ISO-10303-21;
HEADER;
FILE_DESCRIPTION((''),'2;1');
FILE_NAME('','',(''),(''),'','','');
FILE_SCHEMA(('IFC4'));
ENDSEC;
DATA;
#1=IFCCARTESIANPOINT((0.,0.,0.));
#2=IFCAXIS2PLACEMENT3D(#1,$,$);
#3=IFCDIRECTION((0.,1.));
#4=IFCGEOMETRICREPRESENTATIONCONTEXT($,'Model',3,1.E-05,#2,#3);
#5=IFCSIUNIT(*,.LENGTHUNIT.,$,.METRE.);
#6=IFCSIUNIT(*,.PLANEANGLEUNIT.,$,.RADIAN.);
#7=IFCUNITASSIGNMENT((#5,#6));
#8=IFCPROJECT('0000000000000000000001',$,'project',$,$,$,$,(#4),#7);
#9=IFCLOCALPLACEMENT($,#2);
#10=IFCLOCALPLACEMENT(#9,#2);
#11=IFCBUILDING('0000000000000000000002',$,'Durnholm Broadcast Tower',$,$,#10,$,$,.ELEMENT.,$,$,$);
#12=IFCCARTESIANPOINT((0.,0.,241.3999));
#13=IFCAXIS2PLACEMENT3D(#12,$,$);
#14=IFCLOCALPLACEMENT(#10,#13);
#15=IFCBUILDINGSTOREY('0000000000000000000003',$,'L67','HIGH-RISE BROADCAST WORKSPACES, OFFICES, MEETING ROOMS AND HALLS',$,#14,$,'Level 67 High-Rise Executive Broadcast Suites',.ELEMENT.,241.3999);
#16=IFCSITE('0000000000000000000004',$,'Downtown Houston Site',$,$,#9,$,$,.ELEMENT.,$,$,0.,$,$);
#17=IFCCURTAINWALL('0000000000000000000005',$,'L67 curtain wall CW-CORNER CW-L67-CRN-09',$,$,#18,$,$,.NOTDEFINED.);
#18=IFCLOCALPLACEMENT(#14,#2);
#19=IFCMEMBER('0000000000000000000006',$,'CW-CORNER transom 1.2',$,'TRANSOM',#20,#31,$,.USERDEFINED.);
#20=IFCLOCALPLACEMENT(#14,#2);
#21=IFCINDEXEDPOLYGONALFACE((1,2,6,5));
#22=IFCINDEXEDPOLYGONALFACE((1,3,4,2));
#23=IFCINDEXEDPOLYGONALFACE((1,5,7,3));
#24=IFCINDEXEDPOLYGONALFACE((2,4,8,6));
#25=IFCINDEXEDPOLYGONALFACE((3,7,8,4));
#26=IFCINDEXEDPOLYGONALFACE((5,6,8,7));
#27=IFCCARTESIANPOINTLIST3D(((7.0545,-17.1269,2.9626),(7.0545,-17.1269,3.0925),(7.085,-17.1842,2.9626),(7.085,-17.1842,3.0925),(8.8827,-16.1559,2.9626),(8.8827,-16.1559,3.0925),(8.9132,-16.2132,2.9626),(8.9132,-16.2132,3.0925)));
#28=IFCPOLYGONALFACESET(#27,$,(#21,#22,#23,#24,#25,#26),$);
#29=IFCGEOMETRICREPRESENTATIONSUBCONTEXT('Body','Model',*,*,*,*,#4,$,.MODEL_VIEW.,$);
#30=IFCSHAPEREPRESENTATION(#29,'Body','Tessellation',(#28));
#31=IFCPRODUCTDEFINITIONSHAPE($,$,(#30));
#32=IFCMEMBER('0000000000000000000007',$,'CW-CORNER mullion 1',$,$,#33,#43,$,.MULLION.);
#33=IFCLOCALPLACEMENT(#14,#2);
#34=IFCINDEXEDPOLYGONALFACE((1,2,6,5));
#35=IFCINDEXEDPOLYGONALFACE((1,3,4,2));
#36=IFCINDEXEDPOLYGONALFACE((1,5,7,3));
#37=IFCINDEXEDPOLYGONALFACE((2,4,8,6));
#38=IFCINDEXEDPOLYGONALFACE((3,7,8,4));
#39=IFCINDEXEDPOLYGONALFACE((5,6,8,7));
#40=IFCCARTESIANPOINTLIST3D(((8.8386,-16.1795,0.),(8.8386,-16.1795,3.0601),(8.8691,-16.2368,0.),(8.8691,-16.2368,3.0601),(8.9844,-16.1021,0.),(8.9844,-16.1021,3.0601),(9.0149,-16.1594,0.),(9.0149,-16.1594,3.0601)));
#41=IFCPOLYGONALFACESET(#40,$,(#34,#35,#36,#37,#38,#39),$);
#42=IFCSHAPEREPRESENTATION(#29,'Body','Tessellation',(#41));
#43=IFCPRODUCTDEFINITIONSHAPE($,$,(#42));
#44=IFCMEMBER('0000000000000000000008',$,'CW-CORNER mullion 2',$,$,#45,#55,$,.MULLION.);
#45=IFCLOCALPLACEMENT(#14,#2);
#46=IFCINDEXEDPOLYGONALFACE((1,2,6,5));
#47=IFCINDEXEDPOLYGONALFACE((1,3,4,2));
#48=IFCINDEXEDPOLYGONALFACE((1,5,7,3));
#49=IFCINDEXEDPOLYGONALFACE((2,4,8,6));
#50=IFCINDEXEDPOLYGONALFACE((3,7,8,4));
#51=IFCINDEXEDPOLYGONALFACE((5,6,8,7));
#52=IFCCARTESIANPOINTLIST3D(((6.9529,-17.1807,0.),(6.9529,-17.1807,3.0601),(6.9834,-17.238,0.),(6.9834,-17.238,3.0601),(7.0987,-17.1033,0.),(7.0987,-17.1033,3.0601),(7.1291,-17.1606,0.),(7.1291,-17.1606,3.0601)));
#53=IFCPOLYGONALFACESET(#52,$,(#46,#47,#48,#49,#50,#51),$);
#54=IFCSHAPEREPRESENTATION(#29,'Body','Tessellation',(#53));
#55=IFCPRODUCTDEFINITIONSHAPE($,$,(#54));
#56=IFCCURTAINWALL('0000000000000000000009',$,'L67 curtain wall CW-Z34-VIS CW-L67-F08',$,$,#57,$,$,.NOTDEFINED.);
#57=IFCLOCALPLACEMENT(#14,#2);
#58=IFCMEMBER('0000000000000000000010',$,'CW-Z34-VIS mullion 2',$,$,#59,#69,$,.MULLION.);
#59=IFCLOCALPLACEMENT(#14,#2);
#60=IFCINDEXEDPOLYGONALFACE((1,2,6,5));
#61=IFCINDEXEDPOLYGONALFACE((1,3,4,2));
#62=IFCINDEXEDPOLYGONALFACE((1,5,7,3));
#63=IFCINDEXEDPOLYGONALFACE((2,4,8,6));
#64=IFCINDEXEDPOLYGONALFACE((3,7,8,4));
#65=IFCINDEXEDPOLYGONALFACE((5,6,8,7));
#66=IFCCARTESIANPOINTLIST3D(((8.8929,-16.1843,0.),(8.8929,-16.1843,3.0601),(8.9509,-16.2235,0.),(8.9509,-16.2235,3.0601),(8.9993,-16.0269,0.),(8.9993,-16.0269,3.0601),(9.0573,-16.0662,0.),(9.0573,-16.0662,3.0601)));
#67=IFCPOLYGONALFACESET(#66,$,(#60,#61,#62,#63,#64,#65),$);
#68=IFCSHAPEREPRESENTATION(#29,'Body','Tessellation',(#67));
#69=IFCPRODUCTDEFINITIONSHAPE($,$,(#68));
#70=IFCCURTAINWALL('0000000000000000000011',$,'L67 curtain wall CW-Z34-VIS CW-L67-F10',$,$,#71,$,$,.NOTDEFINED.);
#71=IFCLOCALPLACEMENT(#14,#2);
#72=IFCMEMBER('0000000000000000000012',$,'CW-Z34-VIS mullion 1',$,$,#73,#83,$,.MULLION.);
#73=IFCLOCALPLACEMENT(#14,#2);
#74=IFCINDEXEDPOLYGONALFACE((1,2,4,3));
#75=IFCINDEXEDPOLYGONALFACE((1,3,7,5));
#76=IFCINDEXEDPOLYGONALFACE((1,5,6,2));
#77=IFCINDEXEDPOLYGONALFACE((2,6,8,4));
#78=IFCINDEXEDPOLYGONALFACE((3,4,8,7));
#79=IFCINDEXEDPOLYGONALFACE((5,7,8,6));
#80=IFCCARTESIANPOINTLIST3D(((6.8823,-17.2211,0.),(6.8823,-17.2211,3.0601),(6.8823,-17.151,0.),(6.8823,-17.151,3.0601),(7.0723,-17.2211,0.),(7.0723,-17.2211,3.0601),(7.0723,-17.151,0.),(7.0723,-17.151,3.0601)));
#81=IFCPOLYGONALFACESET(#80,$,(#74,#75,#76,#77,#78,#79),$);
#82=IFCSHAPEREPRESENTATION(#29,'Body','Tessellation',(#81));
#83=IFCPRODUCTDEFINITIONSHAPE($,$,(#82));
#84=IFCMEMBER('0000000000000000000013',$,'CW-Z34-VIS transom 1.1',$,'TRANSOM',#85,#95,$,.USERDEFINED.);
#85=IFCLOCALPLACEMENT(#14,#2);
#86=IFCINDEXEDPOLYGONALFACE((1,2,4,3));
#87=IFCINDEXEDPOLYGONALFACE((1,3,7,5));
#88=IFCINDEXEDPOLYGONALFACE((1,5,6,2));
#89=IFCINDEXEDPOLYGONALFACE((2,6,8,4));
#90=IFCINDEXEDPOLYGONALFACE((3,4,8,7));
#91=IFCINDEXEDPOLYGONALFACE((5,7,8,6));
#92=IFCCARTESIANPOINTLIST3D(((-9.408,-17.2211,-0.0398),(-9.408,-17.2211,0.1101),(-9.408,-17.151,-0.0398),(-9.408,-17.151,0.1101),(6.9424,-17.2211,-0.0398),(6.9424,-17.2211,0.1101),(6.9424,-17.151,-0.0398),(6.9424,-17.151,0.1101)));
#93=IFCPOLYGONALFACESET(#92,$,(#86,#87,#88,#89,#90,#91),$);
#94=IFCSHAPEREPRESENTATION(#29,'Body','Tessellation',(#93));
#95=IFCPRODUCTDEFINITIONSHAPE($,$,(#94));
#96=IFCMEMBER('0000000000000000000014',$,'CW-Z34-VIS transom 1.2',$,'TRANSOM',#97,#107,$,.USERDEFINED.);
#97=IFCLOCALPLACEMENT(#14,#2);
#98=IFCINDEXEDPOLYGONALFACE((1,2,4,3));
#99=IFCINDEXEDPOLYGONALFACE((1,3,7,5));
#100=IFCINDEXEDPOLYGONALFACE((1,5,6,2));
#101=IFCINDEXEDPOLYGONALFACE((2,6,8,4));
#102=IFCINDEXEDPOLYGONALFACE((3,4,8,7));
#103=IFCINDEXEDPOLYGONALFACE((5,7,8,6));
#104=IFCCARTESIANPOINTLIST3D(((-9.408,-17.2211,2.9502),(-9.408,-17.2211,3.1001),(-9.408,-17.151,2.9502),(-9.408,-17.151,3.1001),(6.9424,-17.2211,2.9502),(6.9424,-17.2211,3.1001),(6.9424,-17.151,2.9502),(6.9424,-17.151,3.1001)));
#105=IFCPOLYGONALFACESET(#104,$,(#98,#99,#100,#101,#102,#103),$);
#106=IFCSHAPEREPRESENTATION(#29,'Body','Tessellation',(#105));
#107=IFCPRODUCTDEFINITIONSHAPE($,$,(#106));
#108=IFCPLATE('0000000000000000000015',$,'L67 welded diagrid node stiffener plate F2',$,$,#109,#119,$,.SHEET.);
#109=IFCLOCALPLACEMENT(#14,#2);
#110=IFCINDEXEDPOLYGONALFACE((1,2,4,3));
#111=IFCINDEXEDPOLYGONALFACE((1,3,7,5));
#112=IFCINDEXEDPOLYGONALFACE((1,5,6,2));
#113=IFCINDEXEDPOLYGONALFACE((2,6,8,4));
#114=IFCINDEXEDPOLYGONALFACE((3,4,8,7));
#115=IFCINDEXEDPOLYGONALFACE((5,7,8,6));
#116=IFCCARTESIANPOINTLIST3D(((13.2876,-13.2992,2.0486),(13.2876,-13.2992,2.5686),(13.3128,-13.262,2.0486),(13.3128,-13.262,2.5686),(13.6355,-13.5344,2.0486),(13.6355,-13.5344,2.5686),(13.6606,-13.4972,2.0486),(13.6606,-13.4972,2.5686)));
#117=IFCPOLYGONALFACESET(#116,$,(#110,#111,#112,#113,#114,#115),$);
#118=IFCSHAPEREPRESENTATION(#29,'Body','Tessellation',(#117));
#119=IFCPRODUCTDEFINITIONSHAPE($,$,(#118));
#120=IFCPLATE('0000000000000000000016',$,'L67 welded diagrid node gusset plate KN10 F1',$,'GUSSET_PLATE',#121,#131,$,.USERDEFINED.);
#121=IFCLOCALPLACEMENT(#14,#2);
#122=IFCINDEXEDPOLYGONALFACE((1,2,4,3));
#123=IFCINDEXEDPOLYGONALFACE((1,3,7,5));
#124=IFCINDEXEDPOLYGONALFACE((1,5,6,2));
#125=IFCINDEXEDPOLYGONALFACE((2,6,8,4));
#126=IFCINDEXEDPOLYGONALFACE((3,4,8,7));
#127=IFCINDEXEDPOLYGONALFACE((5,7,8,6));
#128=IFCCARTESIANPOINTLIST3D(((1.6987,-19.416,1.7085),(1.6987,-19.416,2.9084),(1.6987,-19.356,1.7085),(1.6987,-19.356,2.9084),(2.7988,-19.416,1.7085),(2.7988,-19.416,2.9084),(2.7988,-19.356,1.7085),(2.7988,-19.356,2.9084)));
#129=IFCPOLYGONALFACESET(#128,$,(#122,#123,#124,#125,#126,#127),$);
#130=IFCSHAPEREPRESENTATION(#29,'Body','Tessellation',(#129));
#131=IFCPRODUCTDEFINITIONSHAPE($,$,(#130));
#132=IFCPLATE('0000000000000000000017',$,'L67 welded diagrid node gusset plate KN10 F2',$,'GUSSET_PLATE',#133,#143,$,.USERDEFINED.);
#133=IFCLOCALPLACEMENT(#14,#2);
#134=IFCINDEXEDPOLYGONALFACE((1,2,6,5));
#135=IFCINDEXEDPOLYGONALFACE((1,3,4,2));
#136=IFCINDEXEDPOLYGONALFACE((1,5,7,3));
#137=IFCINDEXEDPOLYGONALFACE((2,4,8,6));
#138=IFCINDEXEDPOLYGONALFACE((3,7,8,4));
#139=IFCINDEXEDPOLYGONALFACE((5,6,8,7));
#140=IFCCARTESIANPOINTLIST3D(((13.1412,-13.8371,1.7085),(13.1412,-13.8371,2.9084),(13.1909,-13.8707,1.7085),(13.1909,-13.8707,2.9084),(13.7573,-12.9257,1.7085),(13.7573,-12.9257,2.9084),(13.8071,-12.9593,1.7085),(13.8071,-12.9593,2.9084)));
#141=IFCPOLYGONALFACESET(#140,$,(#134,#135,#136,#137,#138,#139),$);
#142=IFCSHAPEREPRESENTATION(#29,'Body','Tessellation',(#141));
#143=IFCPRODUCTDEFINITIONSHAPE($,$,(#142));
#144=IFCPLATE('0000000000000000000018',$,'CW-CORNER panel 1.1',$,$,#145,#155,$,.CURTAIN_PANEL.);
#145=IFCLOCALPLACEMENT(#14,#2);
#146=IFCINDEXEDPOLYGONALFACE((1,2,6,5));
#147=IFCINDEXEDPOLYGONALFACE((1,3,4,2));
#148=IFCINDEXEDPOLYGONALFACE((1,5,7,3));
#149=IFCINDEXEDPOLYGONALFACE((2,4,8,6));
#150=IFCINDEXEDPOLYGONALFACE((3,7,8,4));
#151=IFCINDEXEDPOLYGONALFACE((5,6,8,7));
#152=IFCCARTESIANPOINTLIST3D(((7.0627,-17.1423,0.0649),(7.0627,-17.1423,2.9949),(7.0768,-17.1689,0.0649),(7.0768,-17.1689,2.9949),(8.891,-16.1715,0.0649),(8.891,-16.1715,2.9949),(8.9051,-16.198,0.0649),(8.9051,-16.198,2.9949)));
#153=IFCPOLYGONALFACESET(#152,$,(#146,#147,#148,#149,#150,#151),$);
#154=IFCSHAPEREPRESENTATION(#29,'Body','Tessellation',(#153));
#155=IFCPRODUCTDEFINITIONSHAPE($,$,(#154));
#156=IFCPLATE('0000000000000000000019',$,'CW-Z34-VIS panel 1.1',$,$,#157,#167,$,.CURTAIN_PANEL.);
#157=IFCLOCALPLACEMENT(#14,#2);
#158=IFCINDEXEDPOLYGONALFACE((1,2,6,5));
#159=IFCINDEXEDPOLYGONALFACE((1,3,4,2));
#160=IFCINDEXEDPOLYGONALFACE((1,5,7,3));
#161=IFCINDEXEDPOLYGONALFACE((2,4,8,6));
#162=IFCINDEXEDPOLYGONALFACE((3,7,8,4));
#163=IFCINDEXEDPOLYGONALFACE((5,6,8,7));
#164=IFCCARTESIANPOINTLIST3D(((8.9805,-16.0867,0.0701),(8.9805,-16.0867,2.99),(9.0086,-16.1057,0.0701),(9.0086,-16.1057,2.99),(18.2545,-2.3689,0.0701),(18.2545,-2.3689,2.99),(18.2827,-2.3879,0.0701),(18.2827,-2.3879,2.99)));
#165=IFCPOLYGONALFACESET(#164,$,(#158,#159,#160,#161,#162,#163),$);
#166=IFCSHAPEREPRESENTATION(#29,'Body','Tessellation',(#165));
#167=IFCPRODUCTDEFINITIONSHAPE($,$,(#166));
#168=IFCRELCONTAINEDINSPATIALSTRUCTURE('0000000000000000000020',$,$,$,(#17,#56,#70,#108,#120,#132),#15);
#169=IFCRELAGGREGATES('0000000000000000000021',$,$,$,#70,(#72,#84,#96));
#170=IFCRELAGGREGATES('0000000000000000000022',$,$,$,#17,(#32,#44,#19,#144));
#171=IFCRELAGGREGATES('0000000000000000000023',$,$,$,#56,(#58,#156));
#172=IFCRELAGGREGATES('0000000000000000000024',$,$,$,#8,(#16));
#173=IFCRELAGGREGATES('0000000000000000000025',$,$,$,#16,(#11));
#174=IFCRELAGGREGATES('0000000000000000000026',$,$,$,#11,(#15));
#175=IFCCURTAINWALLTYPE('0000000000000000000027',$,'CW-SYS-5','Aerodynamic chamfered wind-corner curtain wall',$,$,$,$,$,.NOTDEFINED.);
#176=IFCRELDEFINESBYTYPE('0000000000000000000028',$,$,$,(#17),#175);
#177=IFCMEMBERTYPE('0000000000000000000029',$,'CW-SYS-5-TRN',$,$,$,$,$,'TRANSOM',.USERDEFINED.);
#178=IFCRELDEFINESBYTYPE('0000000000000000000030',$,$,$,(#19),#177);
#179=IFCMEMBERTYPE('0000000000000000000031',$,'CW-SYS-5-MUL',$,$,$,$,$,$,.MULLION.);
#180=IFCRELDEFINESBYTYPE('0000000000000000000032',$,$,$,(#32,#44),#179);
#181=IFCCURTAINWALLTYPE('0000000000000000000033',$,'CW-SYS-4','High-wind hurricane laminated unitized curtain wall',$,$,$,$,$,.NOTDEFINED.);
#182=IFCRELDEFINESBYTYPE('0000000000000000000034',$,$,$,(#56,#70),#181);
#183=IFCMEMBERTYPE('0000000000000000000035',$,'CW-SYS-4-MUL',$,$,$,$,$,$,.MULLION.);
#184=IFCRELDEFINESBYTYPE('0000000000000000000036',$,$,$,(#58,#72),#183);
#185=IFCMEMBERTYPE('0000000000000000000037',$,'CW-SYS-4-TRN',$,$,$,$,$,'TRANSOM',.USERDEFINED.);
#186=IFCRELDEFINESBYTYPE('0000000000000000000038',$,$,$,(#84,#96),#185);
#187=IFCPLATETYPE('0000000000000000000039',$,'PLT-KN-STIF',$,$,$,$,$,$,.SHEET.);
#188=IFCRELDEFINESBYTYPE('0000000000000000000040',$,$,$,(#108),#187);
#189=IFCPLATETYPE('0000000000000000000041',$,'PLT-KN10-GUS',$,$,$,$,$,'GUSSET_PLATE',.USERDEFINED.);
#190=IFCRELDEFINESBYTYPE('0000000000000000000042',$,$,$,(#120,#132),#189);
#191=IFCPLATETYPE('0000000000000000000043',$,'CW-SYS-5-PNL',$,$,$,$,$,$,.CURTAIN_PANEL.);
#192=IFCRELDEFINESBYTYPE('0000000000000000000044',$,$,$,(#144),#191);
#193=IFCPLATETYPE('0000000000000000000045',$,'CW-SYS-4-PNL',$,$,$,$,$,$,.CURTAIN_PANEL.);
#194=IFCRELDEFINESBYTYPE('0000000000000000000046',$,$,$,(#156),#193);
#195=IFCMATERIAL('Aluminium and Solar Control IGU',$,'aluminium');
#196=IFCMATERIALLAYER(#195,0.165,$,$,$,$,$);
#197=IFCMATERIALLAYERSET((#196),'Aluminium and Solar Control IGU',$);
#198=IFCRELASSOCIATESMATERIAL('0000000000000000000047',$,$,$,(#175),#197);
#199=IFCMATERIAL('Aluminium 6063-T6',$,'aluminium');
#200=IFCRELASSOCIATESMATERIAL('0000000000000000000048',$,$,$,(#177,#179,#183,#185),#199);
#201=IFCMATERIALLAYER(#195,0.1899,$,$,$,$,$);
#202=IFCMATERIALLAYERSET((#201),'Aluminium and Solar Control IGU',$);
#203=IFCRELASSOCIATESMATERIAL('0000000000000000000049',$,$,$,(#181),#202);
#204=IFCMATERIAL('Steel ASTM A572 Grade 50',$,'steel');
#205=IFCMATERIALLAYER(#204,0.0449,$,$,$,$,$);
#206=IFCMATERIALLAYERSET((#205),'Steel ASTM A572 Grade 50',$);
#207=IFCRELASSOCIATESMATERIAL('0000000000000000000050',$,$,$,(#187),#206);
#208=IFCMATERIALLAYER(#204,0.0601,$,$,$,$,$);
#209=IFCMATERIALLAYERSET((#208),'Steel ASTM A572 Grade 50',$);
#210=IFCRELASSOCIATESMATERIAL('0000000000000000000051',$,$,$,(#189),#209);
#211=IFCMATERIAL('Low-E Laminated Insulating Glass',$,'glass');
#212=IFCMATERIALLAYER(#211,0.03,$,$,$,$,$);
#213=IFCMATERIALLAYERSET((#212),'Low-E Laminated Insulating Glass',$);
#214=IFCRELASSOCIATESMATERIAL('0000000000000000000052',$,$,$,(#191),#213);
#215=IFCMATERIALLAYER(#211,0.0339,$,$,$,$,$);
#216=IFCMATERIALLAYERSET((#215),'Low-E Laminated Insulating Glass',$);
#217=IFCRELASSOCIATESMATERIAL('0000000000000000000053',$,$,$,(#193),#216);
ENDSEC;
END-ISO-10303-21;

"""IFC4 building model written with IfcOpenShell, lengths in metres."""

from ifc_helpers import new_model, si_unit, direction, frame, origin, origin_2d, place, context, subcontext, project, spatial, rectangle, extrude, source, transform, mapped, material, layer, layer_set, material_profile, profile_set, type_object, type_shapes, element, aggregate, save


model = new_model("IFC4")

# Units and contexts
model_context = context("Model", 3, precision=1e-05, world=origin(), true_north=direction((0.0, 1.0)))
body_context = subcontext(model_context, "Body", "Model", "MODEL_VIEW")
ifc_project = project(units=[si_unit("LENGTHUNIT", "METRE"), si_unit("PLANEANGLEUNIT", "RADIAN")], contexts=[model_context])

# Site, building, storey
site_placement = place(None, origin())
site = spatial("IfcSite", under=ifc_project, at=site_placement, Name="Downtown Houston Site", CompositionType="ELEMENT", RefElevation=0.0)
building_placement = place(site_placement, origin())
building = spatial("IfcBuilding", under=site, at=building_placement, Name="Durnholm Broadcast Tower", CompositionType="ELEMENT")
storey_placement = place(building_placement, frame((0.0, 0.0, 241.3999)))
storey = spatial("IfcBuildingStorey", under=building, at=storey_placement, Name="L67", Description="HIGH-RISE BROADCAST WORKSPACES, OFFICES, MEETING ROOMS AND HALLS", LongName="Level 67 High-Rise Executive Broadcast Suites", CompositionType="ELEMENT", Elevation=241.3999)

# Curtain wall, members
ifc_material_1 = material(Name="Aluminium and Solar Control IGU", Category="aluminium")
ifc_layer_1 = layer(ifc_material_1, 0.165)
ifc_layer_set_1 = layer_set([ifc_layer_1], Name="Aluminium and Solar Control IGU")
curtain_wall_type_1 = type_object("IfcCurtainWallType", Name="CW-SYS-5", Description="Aerodynamic chamfered wind-corner curtain wall", PredefinedType="NOTDEFINED", material=ifc_layer_set_1)
curtain_wall_1_placement = place(storey_placement, origin())
curtain_wall_1 = element("IfcCurtainWall", 1, at=curtain_wall_1_placement, inside=storey, type_object=curtain_wall_type_1, Name="L67 curtain wall CW-CORNER CW-L67-CRN-09", PredefinedType="NOTDEFINED")
ifc_material_2 = material(Name="Aluminium 6063-T6", Category="aluminium")
ifc_material_profile_1 = material_profile(ifc_material_2, rectangle(XDim=0.0649, YDim=0.1299, at=origin_2d()), Name="CWT65X130")
ifc_profile_set_1 = profile_set([ifc_material_profile_1], Name="Aluminium 6063-T6")
member_type_1 = type_object("IfcMemberType", Name="CW-SYS-5-TRN", ElementType="TRANSOM", PredefinedType="USERDEFINED", material=ifc_profile_set_1)
shared_shape_1 = source(origin(), body_context, "Body", "SweptSolid", [
    extrude(rectangle(XDim=0.0649, YDim=0.1299, at=origin_2d()), origin(), (0.0, 0.0, 1.0), 2.0701),
])
type_shapes(member_type_1, [shared_shape_1])
member_1_placement = place(storey_placement, frame((8.8979, -16.1846, 3.0276), z_axis=(-0.883165, -0.469063, 0.0), x_axis=(0.469063, -0.883165, 0.0)))
member_1 = element("IfcMember", 2, at=member_1_placement, type_object=member_type_1, Name="CW-CORNER transom 1.2", ObjectType="TRANSOM", PredefinedType="USERDEFINED", context=body_context, shape_type="MappedRepresentation", body=[
    mapped(shared_shape_1, transform((0.0, 0.0, 0.0), x_axis=(1.0, 0.0, 0.0), y_axis=(0.0, 1.0, 0.0), z_axis=(0.0, 0.0, 1.0), scale=1.0)),
])
ifc_material_profile_2 = material_profile(ifc_material_2, rectangle(XDim=0.0649, YDim=0.165, at=origin_2d()), Name="CWM65X165")
ifc_profile_set_2 = profile_set([ifc_material_profile_2], Name="Aluminium 6063-T6")
member_type_2 = type_object("IfcMemberType", Name="CW-SYS-5-MUL", PredefinedType="MULLION", material=ifc_profile_set_2)
shared_shape_2 = source(origin(), body_context, "Body", "SweptSolid", [
    extrude(rectangle(XDim=0.0649, YDim=0.165, at=origin_2d()), origin(), (0.0, 0.0, 1.0), 3.0601),
])
type_shapes(member_type_2, [shared_shape_2])
member_2_placement = place(storey_placement, frame((8.9268, -16.1694, 0.0), z_axis=(0.0, 0.0, 1.0), x_axis=(0.469007, -0.883195, 0.0)))
member_2 = element("IfcMember", 3, at=member_2_placement, type_object=member_type_2, Name="CW-CORNER mullion 1", PredefinedType="MULLION", context=body_context, shape_type="MappedRepresentation", body=[
    mapped(shared_shape_2, transform((0.0, 0.0, 0.0), x_axis=(1.0, 0.0, 0.0), y_axis=(0.0, 1.0, 0.0), z_axis=(0.0, 0.0, 1.0), scale=1.0)),
])
member_3_placement = place(storey_placement, frame((7.041, -17.1707, 0.0), z_axis=(0.0, 0.0, 1.0), x_axis=(0.469007, -0.883195, 0.0)))
member_3 = element("IfcMember", 4, at=member_3_placement, type_object=member_type_2, Name="CW-CORNER mullion 2", PredefinedType="MULLION", context=body_context, shape_type="MappedRepresentation", body=[
    mapped(shared_shape_2, transform((0.0, 0.0, 0.0), x_axis=(1.0, 0.0, 0.0), y_axis=(0.0, 1.0, 0.0), z_axis=(0.0, 0.0, 1.0), scale=1.0)),
])

# Curtain wall, member
ifc_layer_2 = layer(ifc_material_1, 0.1899)
ifc_layer_set_2 = layer_set([ifc_layer_2], Name="Aluminium and Solar Control IGU")
curtain_wall_type_2 = type_object("IfcCurtainWallType", Name="CW-SYS-4", Description="High-wind hurricane laminated unitized curtain wall", PredefinedType="NOTDEFINED", material=ifc_layer_set_2)
curtain_wall_2_placement = place(storey_placement, origin())
curtain_wall_2 = element("IfcCurtainWall", 5, at=curtain_wall_2_placement, inside=storey, type_object=curtain_wall_type_2, Name="L67 curtain wall CW-Z34-VIS CW-L67-F08", PredefinedType="NOTDEFINED")
ifc_material_profile_3 = material_profile(ifc_material_2, rectangle(XDim=0.0701, YDim=0.1899, at=origin_2d()), Name="CWM70X190")
ifc_profile_set_3 = profile_set([ifc_material_profile_3], Name="Aluminium 6063-T6")
member_type_3 = type_object("IfcMemberType", Name="CW-SYS-4-MUL", PredefinedType="MULLION", material=ifc_profile_set_3)
shared_shape_3 = source(origin(), body_context, "Body", "SweptSolid", [
    extrude(rectangle(XDim=0.0701, YDim=0.1899, at=origin_2d()), origin(), (0.0, 0.0, 1.0), 3.0601),
])
type_shapes(member_type_3, [shared_shape_3])
member_4_placement = place(storey_placement, frame((8.9751, -16.1252, 0.0), z_axis=(0.0, 0.0, 1.0), x_axis=(0.828443, -0.560073, 0.0)))
member_4 = element("IfcMember", 6, at=member_4_placement, type_object=member_type_3, Name="CW-Z34-VIS mullion 2", PredefinedType="MULLION", context=body_context, shape_type="MappedRepresentation", body=[
    mapped(shared_shape_3, transform((0.0, 0.0, 0.0), x_axis=(1.0, 0.0, 0.0), y_axis=(0.0, 1.0, 0.0), z_axis=(0.0, 0.0, 1.0), scale=1.0)),
])

# Curtain wall, members
curtain_wall_3_placement = place(storey_placement, origin())
curtain_wall_3 = element("IfcCurtainWall", 7, at=curtain_wall_3_placement, inside=storey, type_object=curtain_wall_type_2, Name="L67 curtain wall CW-Z34-VIS CW-L67-F10", PredefinedType="NOTDEFINED")
member_5_placement = place(storey_placement, frame((6.9773, -17.186, 0.0), z_axis=(0.0, 0.0, 1.0), x_axis=(0.0, -1.0, 0.0)))
member_5 = element("IfcMember", 8, at=member_5_placement, type_object=member_type_3, Name="CW-Z34-VIS mullion 1", PredefinedType="MULLION", context=body_context, shape_type="MappedRepresentation", body=[
    mapped(shared_shape_3, transform((0.0, 0.0, 0.0), x_axis=(1.0, 0.0, 0.0), y_axis=(0.0, 1.0, 0.0), z_axis=(0.0, 0.0, 1.0), scale=1.0)),
])
ifc_material_profile_4 = material_profile(ifc_material_2, rectangle(XDim=0.0701, YDim=0.1499, at=origin_2d()), Name="CWT70X150")
ifc_profile_set_4 = profile_set([ifc_material_profile_4], Name="Aluminium 6063-T6")
member_type_4 = type_object("IfcMemberType", Name="CW-SYS-4-TRN", ElementType="TRANSOM", PredefinedType="USERDEFINED", material=ifc_profile_set_4)
shared_shape_4 = source(origin(), body_context, "Body", "SweptSolid", [
    extrude(rectangle(XDim=0.0701, YDim=0.1499, at=origin_2d()), origin(), (0.0, 0.0, 1.0), 16.3503),
])
type_shapes(member_type_4, [shared_shape_4])
member_6_placement = place(storey_placement, frame((6.9424, -17.186, 0.0352), z_axis=(-1.0, 0.0, 0.0), x_axis=(0.0, -1.0, 0.0)))
member_6 = element("IfcMember", 9, at=member_6_placement, type_object=member_type_4, Name="CW-Z34-VIS transom 1.1", ObjectType="TRANSOM", PredefinedType="USERDEFINED", context=body_context, shape_type="MappedRepresentation", body=[
    mapped(shared_shape_4, transform((0.0, 0.0, 0.0), x_axis=(1.0, 0.0, 0.0), y_axis=(0.0, 1.0, 0.0), z_axis=(0.0, 0.0, 1.0), scale=1.0)),
])
member_7_placement = place(storey_placement, frame((6.9424, -17.186, 3.0251), z_axis=(-1.0, 0.0, 0.0), x_axis=(0.0, -1.0, 0.0)))
member_7 = element("IfcMember", 10, at=member_7_placement, type_object=member_type_4, Name="CW-Z34-VIS transom 1.2", ObjectType="TRANSOM", PredefinedType="USERDEFINED", context=body_context, shape_type="MappedRepresentation", body=[
    mapped(shared_shape_4, transform((0.0, 0.0, 0.0), x_axis=(1.0, 0.0, 0.0), y_axis=(0.0, 1.0, 0.0), z_axis=(0.0, 0.0, 1.0), scale=1.0)),
])
aggregate(curtain_wall_3, [member_5, member_6, member_7])

# Plates
ifc_material_3 = material(Name="Steel ASTM A572 Grade 50", Category="steel")
ifc_layer_3 = layer(ifc_material_3, 0.0449)
ifc_layer_set_3 = layer_set([ifc_layer_3], Name="Steel ASTM A572 Grade 50")
plate_type_1 = type_object("IfcPlateType", Name="PLT-KN-STIF", PredefinedType="SHEET", material=ifc_layer_set_3)
shared_shape_5 = source(origin(), body_context, "Body", "SweptSolid", [
    extrude(rectangle(XDim=0.0449, YDim=0.4199, at=origin_2d()), origin(), (0.0, 0.0, 1.0), 0.52),
])
type_shapes(plate_type_1, [shared_shape_5])
plate_1_placement = place(storey_placement, frame((13.4741, -13.3982, 2.0486), z_axis=(0.0, 0.0, 1.0), x_axis=(0.560061, 0.828452, 0.0)))
element("IfcPlate", 11, at=plate_1_placement, inside=storey, type_object=plate_type_1, Name="L67 welded diagrid node stiffener plate F2", PredefinedType="SHEET", context=body_context, shape_type="MappedRepresentation", body=[
    mapped(shared_shape_5, transform((0.0, 0.0, 0.0), x_axis=(1.0, 0.0, 0.0), y_axis=(0.0, 1.0, 0.0), z_axis=(0.0, 0.0, 1.0), scale=1.0)),
])
ifc_layer_4 = layer(ifc_material_3, 0.0601)
ifc_layer_set_4 = layer_set([ifc_layer_4], Name="Steel ASTM A572 Grade 50")
plate_type_2 = type_object("IfcPlateType", Name="PLT-KN10-GUS", ElementType="GUSSET_PLATE", PredefinedType="USERDEFINED", material=ifc_layer_set_4)
shared_shape_6 = source(origin(), body_context, "Body", "SweptSolid", [
    extrude(rectangle(XDim=1.1001, YDim=0.0601, at=origin_2d()), origin(), (0.0, 0.0, 1.0), 1.2),
])
type_shapes(plate_type_2, [shared_shape_6])
for number, where, z_axis, x_axis, name in (
    (12, (2.2488, -19.386, 1.7085), (0.0, 0.0, 1.0), (1.0, 0.0, 0.0), "L67 welded diagrid node gusset plate KN10 F1"),
    (13, (13.4741, -13.3982, 1.7085), (0.0, 0.0, 1.0), (0.560061, 0.828452, 0.0), "L67 welded diagrid node gusset plate KN10 F2"),
):
    element("IfcPlate", number, at=place(storey_placement, frame(where, z_axis=z_axis, x_axis=x_axis)), inside=storey, type_object=plate_type_2, Name=name, ObjectType="GUSSET_PLATE", PredefinedType="USERDEFINED", context=body_context, shape_type="MappedRepresentation", body=[
        mapped(shared_shape_6, transform((0.0, 0.0, 0.0), x_axis=(1.0, 0.0, 0.0), y_axis=(0.0, 1.0, 0.0), z_axis=(0.0, 0.0, 1.0), scale=1.0)),
    ])

# Plates
ifc_material_4 = material(Name="Low-E Laminated Insulating Glass", Category="glass")
ifc_layer_5 = layer(ifc_material_4, 0.03)
ifc_layer_set_5 = layer_set([ifc_layer_5], Name="Low-E Laminated Insulating Glass")
plate_type_3 = type_object("IfcPlateType", Name="CW-SYS-5-PNL", PredefinedType="CURTAIN_PANEL", material=ifc_layer_set_5)
shared_shape_7 = source(origin(), body_context, "Body", "SweptSolid", [
    extrude(rectangle(XDim=2.0701, YDim=0.03, at=origin_2d()), origin(), (0.0, 0.0, 1.0), 2.9299),
])
type_shapes(plate_type_3, [shared_shape_7])
plate_2_placement = place(storey_placement, frame((7.9839, -16.6702, 0.0649), z_axis=(0.0, 0.0, 1.0), x_axis=(-0.883195, -0.469007, 0.0)))
plate_2 = element("IfcPlate", 14, at=plate_2_placement, type_object=plate_type_3, Name="CW-CORNER panel 1.1", PredefinedType="CURTAIN_PANEL", context=body_context, shape_type="MappedRepresentation", body=[
    mapped(shared_shape_7, transform((0.0, 0.0, 0.0), x_axis=(1.0, 0.0, 0.0), y_axis=(0.0, 1.0, 0.0), z_axis=(0.0, 0.0, 1.0), scale=1.0)),
])
aggregate(curtain_wall_1, [member_2, member_3, member_1, plate_2])
ifc_layer_6 = layer(ifc_material_4, 0.0339)
ifc_layer_set_6 = layer_set([ifc_layer_6], Name="Low-E Laminated Insulating Glass")
plate_type_4 = type_object("IfcPlateType", Name="CW-SYS-4-PNL", PredefinedType="CURTAIN_PANEL", material=ifc_layer_set_6)
shared_shape_8 = source(origin(), body_context, "Body", "SweptSolid", [
    extrude(rectangle(XDim=16.5586, YDim=0.0339, at=origin_2d()), origin(), (0.0, 0.0, 1.0), 2.9199),
])
type_shapes(plate_type_4, [shared_shape_8])
plate_3_placement = place(storey_placement, frame((13.6316, -9.2373, 0.0701), z_axis=(0.0, 0.0, 1.0), x_axis=(-0.560073, -0.828443, 0.0)))
plate_3 = element("IfcPlate", 15, at=plate_3_placement, type_object=plate_type_4, Name="CW-Z34-VIS panel 1.1", PredefinedType="CURTAIN_PANEL", context=body_context, shape_type="MappedRepresentation", body=[
    mapped(shared_shape_8, transform((0.0, 0.0, 0.0), x_axis=(1.0, 0.0, 0.0), y_axis=(0.0, 1.0, 0.0), z_axis=(0.0, 0.0, 1.0), scale=1.0)),
])
aggregate(curtain_wall_2, [member_4, plate_3])

save(model, "model.ifc")
